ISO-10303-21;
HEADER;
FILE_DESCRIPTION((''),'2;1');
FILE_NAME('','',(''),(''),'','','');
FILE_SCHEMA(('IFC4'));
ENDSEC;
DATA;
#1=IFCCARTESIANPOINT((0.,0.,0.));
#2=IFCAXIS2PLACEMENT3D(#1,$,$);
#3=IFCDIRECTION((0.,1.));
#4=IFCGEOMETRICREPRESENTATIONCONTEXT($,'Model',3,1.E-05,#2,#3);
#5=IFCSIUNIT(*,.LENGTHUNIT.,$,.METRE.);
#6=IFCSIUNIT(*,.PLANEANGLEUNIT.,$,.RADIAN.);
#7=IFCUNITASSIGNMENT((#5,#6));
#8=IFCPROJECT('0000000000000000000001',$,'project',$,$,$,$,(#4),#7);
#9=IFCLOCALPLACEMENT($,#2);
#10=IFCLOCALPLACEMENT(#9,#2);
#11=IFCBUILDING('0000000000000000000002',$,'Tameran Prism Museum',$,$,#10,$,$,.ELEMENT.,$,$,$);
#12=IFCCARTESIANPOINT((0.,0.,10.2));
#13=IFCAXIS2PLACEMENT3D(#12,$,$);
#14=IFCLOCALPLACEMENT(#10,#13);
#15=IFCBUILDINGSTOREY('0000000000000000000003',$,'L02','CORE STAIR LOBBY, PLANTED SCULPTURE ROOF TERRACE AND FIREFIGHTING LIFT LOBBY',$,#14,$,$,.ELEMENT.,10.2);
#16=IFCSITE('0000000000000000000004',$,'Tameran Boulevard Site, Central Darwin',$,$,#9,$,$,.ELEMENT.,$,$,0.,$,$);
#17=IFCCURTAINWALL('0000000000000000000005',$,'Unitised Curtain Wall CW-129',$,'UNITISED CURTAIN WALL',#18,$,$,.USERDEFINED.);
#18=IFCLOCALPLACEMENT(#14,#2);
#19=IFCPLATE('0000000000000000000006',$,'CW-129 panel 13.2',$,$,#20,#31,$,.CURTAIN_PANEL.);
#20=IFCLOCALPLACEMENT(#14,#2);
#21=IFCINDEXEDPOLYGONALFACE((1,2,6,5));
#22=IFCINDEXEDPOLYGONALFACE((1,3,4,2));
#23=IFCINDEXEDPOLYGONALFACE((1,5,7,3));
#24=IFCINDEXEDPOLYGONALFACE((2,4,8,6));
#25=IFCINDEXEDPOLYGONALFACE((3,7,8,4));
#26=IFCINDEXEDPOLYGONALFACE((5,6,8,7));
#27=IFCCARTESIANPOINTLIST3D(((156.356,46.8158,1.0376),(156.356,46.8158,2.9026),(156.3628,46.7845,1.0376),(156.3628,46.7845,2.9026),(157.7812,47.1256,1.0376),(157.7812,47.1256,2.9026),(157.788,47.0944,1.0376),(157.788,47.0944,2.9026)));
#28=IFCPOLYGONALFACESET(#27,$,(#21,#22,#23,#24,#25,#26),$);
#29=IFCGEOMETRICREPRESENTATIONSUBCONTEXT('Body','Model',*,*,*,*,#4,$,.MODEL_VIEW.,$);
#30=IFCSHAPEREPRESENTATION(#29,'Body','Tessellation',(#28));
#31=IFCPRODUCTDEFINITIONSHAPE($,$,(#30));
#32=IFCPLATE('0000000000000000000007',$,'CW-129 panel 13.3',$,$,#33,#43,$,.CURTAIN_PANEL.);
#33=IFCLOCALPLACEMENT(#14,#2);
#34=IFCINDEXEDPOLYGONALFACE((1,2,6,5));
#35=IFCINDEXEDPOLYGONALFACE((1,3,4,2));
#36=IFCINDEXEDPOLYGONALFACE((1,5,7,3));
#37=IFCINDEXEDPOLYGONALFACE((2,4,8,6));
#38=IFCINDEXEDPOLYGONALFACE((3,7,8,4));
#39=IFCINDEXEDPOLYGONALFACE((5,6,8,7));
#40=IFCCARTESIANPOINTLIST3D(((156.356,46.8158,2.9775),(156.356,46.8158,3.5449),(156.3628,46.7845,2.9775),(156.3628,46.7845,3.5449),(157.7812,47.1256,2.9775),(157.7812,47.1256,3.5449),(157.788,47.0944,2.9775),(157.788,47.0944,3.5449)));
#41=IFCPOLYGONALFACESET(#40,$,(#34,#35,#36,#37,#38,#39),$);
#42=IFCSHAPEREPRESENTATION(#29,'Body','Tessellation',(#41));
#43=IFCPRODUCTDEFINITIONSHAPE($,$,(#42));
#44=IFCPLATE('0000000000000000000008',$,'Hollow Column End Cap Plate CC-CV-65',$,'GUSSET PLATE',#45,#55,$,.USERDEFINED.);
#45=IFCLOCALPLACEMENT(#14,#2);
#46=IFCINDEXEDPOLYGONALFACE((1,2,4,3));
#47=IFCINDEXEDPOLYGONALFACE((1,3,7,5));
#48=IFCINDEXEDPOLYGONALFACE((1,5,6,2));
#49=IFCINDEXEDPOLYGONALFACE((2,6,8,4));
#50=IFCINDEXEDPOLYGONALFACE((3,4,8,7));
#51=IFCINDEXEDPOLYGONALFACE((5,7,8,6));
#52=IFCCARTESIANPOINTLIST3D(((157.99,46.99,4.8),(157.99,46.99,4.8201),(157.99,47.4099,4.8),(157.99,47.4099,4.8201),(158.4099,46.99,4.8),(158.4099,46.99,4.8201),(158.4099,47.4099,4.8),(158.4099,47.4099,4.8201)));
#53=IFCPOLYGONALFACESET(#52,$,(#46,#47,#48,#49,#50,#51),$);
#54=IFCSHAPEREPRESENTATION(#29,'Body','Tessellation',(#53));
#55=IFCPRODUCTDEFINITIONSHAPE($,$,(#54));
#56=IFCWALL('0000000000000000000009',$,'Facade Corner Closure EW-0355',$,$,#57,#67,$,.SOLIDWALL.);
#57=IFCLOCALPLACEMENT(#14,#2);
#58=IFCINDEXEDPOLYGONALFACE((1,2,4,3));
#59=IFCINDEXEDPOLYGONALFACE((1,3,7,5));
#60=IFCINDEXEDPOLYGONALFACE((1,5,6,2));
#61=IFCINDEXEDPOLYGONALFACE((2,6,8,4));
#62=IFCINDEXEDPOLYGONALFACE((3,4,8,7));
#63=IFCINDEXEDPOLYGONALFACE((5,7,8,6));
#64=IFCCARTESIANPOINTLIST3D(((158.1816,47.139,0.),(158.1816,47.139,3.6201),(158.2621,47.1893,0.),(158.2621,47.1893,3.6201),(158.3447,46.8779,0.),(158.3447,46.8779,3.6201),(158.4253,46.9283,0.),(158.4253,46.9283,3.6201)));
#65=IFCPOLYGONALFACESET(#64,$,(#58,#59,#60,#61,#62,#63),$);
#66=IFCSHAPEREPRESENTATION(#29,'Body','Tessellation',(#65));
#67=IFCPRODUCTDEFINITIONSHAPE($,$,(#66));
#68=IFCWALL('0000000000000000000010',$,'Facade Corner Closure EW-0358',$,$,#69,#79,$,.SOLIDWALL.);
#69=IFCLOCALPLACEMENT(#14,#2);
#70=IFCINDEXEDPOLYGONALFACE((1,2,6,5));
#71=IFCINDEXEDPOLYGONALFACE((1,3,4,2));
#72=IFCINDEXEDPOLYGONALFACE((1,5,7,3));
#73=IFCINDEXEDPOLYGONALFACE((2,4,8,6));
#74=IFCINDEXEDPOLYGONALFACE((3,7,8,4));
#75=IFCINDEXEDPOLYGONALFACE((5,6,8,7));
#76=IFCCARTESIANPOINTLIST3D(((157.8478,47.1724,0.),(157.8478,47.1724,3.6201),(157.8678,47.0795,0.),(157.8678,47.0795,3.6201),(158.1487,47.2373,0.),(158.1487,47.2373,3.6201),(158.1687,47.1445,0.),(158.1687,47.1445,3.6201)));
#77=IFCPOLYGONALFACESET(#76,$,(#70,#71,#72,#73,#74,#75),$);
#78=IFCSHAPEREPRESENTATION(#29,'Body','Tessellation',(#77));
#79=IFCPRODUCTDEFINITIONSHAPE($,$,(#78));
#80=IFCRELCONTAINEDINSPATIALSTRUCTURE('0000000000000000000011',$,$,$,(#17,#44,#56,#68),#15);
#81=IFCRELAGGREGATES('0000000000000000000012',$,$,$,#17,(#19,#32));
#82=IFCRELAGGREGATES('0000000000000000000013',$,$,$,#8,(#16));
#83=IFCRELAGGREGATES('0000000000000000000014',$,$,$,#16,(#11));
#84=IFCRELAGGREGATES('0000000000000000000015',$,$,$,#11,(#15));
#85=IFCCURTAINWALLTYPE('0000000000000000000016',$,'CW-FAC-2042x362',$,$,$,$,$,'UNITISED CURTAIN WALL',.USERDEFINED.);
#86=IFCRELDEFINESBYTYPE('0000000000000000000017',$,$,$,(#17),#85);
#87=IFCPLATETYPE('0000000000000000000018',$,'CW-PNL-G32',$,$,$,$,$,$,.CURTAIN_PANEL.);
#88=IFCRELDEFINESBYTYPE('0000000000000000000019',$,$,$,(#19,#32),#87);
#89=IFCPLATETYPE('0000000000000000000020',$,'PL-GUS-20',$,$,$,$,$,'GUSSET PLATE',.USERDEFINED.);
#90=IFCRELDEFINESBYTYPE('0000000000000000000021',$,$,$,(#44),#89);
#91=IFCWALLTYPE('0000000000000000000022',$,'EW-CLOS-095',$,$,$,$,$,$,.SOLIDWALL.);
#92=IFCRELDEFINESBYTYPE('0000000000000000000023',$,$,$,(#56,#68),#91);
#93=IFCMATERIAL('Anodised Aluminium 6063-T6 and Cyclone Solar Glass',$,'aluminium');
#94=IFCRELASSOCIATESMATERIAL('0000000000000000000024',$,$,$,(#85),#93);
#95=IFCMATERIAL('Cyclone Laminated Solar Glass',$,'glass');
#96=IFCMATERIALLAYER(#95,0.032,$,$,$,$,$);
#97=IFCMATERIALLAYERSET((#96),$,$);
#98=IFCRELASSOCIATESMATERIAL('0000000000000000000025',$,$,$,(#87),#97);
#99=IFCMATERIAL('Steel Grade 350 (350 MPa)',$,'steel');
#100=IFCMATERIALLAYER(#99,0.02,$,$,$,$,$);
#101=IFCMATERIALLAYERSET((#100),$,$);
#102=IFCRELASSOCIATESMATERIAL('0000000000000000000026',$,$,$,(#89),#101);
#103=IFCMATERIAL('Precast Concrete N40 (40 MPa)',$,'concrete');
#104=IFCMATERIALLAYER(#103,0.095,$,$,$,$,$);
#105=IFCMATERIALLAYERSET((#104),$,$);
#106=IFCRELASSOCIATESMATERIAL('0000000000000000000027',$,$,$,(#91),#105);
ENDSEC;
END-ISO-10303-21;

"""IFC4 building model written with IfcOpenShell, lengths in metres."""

from ifc_helpers import new_model, si_unit, direction, frame, frame_2d, origin, origin_2d, place, context, subcontext, project, spatial, rectangle, extrude, material, layer, layer_set, type_object, element, aggregate, save


model = new_model("IFC4")

# Units and contexts
model_context = context("Model", 3, precision=1e-05, world=origin(), true_north=direction((0.0, 1.0)))
body_context = subcontext(model_context, "Body", "Model", "MODEL_VIEW")
ifc_project = project(units=[si_unit("LENGTHUNIT", "METRE"), si_unit("PLANEANGLEUNIT", "RADIAN")], contexts=[model_context])

# Site, building, storey
site_placement = place(None, origin())
site = spatial("IfcSite", under=ifc_project, at=site_placement, Name="Tameran Boulevard Site, Central Darwin", CompositionType="ELEMENT", RefElevation=0.0)
building_placement = place(site_placement, origin())
building = spatial("IfcBuilding", under=site, at=building_placement, Name="Tameran Prism Museum", CompositionType="ELEMENT")
storey_placement = place(building_placement, frame((0.0, 0.0, 10.2)))
storey = spatial("IfcBuildingStorey", under=building, at=storey_placement, Name="L02", Description="CORE STAIR LOBBY, PLANTED SCULPTURE ROOF TERRACE AND FIREFIGHTING LIFT LOBBY", CompositionType="ELEMENT", Elevation=10.2)

# Curtain wall
ifc_material_1 = material(Name="Anodised Aluminium 6063-T6 and Cyclone Solar Glass", Category="aluminium")
curtain_wall_type_1 = type_object("IfcCurtainWallType", Name="CW-FAC-2042x362", ElementType="UNITISED CURTAIN WALL", PredefinedType="USERDEFINED", material=ifc_material_1)
curtain_wall_1_placement = place(storey_placement, origin())
curtain_wall_1 = element("IfcCurtainWall", 1, at=curtain_wall_1_placement, inside=storey, type_object=curtain_wall_type_1, Name="Unitised Curtain Wall CW-129", ObjectType="UNITISED CURTAIN WALL", PredefinedType="USERDEFINED")

# Plates
ifc_material_2 = material(Name="Cyclone Laminated Solar Glass", Category="glass")
ifc_layer_1 = layer(ifc_material_2, 0.032)
ifc_layer_set_1 = layer_set([ifc_layer_1])
plate_type_1 = type_object("IfcPlateType", Name="CW-PNL-G32", PredefinedType="CURTAIN_PANEL", material=ifc_layer_set_1)
plate_1_placement = place(storey_placement, frame((157.072, 46.9551, 1.0376), z_axis=(0.0, 0.0, 1.0), x_axis=(0.977171, 0.212454, 0.0)))
plate_1 = element("IfcPlate", 2, at=plate_1_placement, type_object=plate_type_1, Name="CW-129 panel 13.2", PredefinedType="CURTAIN_PANEL", context=body_context, shape_type="SweptSolid", body=[
    extrude(rectangle(XDim=1.4585, YDim=0.032, at=origin_2d()), origin(), (0.0, 0.0, 1.0), 1.865),
])
plate_2_placement = place(storey_placement, frame((157.072, 46.9551, 2.9775), z_axis=(0.0, 0.0, 1.0), x_axis=(0.977171, 0.212454, 0.0)))
plate_2 = element("IfcPlate", 3, at=plate_2_placement, type_object=plate_type_1, Name="CW-129 panel 13.3", PredefinedType="CURTAIN_PANEL", context=body_context, shape_type="SweptSolid", body=[
    extrude(rectangle(XDim=1.4585, YDim=0.032, at=origin_2d()), origin(), (0.0, 0.0, 1.0), 0.5674),
])
aggregate(curtain_wall_1, [plate_1, plate_2])
ifc_material_3 = material(Name="Steel Grade 350 (350 MPa)", Category="steel")
ifc_layer_2 = layer(ifc_material_3, 0.02)
ifc_layer_set_2 = layer_set([ifc_layer_2])
plate_type_2 = type_object("IfcPlateType", Name="PL-GUS-20", ElementType="GUSSET PLATE", PredefinedType="USERDEFINED", material=ifc_layer_set_2)
plate_3_placement = place(storey_placement, frame((158.2, 47.2, 4.8), z_axis=(0.0, 0.0, 1.0), x_axis=(1.0, 0.0, 0.0)))
element("IfcPlate", 4, at=plate_3_placement, inside=storey, type_object=plate_type_2, Name="Hollow Column End Cap Plate CC-CV-65", ObjectType="GUSSET PLATE", PredefinedType="USERDEFINED", context=body_context, shape_type="SweptSolid", body=[
    extrude(rectangle(XDim=0.4199, YDim=0.4199, at=origin_2d()), origin(), (0.0, 0.0, 1.0), 0.02),
])

# Walls
ifc_material_4 = material(Name="Precast Concrete N40 (40 MPa)", Category="concrete")
ifc_layer_3 = layer(ifc_material_4, 0.095)
ifc_layer_set_3 = layer_set([ifc_layer_3])
wall_type = type_object("IfcWallType", Name="EW-CLOS-095", PredefinedType="SOLIDWALL", material=ifc_layer_set_3)
for number, where, z_axis, x_axis, name in (
    (5, (158.2219, 47.1641, 0.0), (0.0, 0.0, 1.0), (0.529928, -0.848043, 0.0), "Facade Corner Closure EW-0355"),
    (6, (157.8579, 47.126, 0.0), (0.0, 0.0, 1.0), (0.977511, 0.210882, 0.0), "Facade Corner Closure EW-0358"),
):
    element("IfcWall", number, at=place(storey_placement, frame(where, z_axis=z_axis, x_axis=x_axis)), inside=storey, type_object=wall_type, Name=name, PredefinedType="SOLIDWALL", context=body_context, shape_type="SweptSolid", body=[
        extrude(rectangle(XDim=0.3079, YDim=0.095, at=frame_2d((0.1538, 0.0))), origin(), (0.0, 0.0, 1.0), 3.6201),
    ])

save(model, "model.ifc")
